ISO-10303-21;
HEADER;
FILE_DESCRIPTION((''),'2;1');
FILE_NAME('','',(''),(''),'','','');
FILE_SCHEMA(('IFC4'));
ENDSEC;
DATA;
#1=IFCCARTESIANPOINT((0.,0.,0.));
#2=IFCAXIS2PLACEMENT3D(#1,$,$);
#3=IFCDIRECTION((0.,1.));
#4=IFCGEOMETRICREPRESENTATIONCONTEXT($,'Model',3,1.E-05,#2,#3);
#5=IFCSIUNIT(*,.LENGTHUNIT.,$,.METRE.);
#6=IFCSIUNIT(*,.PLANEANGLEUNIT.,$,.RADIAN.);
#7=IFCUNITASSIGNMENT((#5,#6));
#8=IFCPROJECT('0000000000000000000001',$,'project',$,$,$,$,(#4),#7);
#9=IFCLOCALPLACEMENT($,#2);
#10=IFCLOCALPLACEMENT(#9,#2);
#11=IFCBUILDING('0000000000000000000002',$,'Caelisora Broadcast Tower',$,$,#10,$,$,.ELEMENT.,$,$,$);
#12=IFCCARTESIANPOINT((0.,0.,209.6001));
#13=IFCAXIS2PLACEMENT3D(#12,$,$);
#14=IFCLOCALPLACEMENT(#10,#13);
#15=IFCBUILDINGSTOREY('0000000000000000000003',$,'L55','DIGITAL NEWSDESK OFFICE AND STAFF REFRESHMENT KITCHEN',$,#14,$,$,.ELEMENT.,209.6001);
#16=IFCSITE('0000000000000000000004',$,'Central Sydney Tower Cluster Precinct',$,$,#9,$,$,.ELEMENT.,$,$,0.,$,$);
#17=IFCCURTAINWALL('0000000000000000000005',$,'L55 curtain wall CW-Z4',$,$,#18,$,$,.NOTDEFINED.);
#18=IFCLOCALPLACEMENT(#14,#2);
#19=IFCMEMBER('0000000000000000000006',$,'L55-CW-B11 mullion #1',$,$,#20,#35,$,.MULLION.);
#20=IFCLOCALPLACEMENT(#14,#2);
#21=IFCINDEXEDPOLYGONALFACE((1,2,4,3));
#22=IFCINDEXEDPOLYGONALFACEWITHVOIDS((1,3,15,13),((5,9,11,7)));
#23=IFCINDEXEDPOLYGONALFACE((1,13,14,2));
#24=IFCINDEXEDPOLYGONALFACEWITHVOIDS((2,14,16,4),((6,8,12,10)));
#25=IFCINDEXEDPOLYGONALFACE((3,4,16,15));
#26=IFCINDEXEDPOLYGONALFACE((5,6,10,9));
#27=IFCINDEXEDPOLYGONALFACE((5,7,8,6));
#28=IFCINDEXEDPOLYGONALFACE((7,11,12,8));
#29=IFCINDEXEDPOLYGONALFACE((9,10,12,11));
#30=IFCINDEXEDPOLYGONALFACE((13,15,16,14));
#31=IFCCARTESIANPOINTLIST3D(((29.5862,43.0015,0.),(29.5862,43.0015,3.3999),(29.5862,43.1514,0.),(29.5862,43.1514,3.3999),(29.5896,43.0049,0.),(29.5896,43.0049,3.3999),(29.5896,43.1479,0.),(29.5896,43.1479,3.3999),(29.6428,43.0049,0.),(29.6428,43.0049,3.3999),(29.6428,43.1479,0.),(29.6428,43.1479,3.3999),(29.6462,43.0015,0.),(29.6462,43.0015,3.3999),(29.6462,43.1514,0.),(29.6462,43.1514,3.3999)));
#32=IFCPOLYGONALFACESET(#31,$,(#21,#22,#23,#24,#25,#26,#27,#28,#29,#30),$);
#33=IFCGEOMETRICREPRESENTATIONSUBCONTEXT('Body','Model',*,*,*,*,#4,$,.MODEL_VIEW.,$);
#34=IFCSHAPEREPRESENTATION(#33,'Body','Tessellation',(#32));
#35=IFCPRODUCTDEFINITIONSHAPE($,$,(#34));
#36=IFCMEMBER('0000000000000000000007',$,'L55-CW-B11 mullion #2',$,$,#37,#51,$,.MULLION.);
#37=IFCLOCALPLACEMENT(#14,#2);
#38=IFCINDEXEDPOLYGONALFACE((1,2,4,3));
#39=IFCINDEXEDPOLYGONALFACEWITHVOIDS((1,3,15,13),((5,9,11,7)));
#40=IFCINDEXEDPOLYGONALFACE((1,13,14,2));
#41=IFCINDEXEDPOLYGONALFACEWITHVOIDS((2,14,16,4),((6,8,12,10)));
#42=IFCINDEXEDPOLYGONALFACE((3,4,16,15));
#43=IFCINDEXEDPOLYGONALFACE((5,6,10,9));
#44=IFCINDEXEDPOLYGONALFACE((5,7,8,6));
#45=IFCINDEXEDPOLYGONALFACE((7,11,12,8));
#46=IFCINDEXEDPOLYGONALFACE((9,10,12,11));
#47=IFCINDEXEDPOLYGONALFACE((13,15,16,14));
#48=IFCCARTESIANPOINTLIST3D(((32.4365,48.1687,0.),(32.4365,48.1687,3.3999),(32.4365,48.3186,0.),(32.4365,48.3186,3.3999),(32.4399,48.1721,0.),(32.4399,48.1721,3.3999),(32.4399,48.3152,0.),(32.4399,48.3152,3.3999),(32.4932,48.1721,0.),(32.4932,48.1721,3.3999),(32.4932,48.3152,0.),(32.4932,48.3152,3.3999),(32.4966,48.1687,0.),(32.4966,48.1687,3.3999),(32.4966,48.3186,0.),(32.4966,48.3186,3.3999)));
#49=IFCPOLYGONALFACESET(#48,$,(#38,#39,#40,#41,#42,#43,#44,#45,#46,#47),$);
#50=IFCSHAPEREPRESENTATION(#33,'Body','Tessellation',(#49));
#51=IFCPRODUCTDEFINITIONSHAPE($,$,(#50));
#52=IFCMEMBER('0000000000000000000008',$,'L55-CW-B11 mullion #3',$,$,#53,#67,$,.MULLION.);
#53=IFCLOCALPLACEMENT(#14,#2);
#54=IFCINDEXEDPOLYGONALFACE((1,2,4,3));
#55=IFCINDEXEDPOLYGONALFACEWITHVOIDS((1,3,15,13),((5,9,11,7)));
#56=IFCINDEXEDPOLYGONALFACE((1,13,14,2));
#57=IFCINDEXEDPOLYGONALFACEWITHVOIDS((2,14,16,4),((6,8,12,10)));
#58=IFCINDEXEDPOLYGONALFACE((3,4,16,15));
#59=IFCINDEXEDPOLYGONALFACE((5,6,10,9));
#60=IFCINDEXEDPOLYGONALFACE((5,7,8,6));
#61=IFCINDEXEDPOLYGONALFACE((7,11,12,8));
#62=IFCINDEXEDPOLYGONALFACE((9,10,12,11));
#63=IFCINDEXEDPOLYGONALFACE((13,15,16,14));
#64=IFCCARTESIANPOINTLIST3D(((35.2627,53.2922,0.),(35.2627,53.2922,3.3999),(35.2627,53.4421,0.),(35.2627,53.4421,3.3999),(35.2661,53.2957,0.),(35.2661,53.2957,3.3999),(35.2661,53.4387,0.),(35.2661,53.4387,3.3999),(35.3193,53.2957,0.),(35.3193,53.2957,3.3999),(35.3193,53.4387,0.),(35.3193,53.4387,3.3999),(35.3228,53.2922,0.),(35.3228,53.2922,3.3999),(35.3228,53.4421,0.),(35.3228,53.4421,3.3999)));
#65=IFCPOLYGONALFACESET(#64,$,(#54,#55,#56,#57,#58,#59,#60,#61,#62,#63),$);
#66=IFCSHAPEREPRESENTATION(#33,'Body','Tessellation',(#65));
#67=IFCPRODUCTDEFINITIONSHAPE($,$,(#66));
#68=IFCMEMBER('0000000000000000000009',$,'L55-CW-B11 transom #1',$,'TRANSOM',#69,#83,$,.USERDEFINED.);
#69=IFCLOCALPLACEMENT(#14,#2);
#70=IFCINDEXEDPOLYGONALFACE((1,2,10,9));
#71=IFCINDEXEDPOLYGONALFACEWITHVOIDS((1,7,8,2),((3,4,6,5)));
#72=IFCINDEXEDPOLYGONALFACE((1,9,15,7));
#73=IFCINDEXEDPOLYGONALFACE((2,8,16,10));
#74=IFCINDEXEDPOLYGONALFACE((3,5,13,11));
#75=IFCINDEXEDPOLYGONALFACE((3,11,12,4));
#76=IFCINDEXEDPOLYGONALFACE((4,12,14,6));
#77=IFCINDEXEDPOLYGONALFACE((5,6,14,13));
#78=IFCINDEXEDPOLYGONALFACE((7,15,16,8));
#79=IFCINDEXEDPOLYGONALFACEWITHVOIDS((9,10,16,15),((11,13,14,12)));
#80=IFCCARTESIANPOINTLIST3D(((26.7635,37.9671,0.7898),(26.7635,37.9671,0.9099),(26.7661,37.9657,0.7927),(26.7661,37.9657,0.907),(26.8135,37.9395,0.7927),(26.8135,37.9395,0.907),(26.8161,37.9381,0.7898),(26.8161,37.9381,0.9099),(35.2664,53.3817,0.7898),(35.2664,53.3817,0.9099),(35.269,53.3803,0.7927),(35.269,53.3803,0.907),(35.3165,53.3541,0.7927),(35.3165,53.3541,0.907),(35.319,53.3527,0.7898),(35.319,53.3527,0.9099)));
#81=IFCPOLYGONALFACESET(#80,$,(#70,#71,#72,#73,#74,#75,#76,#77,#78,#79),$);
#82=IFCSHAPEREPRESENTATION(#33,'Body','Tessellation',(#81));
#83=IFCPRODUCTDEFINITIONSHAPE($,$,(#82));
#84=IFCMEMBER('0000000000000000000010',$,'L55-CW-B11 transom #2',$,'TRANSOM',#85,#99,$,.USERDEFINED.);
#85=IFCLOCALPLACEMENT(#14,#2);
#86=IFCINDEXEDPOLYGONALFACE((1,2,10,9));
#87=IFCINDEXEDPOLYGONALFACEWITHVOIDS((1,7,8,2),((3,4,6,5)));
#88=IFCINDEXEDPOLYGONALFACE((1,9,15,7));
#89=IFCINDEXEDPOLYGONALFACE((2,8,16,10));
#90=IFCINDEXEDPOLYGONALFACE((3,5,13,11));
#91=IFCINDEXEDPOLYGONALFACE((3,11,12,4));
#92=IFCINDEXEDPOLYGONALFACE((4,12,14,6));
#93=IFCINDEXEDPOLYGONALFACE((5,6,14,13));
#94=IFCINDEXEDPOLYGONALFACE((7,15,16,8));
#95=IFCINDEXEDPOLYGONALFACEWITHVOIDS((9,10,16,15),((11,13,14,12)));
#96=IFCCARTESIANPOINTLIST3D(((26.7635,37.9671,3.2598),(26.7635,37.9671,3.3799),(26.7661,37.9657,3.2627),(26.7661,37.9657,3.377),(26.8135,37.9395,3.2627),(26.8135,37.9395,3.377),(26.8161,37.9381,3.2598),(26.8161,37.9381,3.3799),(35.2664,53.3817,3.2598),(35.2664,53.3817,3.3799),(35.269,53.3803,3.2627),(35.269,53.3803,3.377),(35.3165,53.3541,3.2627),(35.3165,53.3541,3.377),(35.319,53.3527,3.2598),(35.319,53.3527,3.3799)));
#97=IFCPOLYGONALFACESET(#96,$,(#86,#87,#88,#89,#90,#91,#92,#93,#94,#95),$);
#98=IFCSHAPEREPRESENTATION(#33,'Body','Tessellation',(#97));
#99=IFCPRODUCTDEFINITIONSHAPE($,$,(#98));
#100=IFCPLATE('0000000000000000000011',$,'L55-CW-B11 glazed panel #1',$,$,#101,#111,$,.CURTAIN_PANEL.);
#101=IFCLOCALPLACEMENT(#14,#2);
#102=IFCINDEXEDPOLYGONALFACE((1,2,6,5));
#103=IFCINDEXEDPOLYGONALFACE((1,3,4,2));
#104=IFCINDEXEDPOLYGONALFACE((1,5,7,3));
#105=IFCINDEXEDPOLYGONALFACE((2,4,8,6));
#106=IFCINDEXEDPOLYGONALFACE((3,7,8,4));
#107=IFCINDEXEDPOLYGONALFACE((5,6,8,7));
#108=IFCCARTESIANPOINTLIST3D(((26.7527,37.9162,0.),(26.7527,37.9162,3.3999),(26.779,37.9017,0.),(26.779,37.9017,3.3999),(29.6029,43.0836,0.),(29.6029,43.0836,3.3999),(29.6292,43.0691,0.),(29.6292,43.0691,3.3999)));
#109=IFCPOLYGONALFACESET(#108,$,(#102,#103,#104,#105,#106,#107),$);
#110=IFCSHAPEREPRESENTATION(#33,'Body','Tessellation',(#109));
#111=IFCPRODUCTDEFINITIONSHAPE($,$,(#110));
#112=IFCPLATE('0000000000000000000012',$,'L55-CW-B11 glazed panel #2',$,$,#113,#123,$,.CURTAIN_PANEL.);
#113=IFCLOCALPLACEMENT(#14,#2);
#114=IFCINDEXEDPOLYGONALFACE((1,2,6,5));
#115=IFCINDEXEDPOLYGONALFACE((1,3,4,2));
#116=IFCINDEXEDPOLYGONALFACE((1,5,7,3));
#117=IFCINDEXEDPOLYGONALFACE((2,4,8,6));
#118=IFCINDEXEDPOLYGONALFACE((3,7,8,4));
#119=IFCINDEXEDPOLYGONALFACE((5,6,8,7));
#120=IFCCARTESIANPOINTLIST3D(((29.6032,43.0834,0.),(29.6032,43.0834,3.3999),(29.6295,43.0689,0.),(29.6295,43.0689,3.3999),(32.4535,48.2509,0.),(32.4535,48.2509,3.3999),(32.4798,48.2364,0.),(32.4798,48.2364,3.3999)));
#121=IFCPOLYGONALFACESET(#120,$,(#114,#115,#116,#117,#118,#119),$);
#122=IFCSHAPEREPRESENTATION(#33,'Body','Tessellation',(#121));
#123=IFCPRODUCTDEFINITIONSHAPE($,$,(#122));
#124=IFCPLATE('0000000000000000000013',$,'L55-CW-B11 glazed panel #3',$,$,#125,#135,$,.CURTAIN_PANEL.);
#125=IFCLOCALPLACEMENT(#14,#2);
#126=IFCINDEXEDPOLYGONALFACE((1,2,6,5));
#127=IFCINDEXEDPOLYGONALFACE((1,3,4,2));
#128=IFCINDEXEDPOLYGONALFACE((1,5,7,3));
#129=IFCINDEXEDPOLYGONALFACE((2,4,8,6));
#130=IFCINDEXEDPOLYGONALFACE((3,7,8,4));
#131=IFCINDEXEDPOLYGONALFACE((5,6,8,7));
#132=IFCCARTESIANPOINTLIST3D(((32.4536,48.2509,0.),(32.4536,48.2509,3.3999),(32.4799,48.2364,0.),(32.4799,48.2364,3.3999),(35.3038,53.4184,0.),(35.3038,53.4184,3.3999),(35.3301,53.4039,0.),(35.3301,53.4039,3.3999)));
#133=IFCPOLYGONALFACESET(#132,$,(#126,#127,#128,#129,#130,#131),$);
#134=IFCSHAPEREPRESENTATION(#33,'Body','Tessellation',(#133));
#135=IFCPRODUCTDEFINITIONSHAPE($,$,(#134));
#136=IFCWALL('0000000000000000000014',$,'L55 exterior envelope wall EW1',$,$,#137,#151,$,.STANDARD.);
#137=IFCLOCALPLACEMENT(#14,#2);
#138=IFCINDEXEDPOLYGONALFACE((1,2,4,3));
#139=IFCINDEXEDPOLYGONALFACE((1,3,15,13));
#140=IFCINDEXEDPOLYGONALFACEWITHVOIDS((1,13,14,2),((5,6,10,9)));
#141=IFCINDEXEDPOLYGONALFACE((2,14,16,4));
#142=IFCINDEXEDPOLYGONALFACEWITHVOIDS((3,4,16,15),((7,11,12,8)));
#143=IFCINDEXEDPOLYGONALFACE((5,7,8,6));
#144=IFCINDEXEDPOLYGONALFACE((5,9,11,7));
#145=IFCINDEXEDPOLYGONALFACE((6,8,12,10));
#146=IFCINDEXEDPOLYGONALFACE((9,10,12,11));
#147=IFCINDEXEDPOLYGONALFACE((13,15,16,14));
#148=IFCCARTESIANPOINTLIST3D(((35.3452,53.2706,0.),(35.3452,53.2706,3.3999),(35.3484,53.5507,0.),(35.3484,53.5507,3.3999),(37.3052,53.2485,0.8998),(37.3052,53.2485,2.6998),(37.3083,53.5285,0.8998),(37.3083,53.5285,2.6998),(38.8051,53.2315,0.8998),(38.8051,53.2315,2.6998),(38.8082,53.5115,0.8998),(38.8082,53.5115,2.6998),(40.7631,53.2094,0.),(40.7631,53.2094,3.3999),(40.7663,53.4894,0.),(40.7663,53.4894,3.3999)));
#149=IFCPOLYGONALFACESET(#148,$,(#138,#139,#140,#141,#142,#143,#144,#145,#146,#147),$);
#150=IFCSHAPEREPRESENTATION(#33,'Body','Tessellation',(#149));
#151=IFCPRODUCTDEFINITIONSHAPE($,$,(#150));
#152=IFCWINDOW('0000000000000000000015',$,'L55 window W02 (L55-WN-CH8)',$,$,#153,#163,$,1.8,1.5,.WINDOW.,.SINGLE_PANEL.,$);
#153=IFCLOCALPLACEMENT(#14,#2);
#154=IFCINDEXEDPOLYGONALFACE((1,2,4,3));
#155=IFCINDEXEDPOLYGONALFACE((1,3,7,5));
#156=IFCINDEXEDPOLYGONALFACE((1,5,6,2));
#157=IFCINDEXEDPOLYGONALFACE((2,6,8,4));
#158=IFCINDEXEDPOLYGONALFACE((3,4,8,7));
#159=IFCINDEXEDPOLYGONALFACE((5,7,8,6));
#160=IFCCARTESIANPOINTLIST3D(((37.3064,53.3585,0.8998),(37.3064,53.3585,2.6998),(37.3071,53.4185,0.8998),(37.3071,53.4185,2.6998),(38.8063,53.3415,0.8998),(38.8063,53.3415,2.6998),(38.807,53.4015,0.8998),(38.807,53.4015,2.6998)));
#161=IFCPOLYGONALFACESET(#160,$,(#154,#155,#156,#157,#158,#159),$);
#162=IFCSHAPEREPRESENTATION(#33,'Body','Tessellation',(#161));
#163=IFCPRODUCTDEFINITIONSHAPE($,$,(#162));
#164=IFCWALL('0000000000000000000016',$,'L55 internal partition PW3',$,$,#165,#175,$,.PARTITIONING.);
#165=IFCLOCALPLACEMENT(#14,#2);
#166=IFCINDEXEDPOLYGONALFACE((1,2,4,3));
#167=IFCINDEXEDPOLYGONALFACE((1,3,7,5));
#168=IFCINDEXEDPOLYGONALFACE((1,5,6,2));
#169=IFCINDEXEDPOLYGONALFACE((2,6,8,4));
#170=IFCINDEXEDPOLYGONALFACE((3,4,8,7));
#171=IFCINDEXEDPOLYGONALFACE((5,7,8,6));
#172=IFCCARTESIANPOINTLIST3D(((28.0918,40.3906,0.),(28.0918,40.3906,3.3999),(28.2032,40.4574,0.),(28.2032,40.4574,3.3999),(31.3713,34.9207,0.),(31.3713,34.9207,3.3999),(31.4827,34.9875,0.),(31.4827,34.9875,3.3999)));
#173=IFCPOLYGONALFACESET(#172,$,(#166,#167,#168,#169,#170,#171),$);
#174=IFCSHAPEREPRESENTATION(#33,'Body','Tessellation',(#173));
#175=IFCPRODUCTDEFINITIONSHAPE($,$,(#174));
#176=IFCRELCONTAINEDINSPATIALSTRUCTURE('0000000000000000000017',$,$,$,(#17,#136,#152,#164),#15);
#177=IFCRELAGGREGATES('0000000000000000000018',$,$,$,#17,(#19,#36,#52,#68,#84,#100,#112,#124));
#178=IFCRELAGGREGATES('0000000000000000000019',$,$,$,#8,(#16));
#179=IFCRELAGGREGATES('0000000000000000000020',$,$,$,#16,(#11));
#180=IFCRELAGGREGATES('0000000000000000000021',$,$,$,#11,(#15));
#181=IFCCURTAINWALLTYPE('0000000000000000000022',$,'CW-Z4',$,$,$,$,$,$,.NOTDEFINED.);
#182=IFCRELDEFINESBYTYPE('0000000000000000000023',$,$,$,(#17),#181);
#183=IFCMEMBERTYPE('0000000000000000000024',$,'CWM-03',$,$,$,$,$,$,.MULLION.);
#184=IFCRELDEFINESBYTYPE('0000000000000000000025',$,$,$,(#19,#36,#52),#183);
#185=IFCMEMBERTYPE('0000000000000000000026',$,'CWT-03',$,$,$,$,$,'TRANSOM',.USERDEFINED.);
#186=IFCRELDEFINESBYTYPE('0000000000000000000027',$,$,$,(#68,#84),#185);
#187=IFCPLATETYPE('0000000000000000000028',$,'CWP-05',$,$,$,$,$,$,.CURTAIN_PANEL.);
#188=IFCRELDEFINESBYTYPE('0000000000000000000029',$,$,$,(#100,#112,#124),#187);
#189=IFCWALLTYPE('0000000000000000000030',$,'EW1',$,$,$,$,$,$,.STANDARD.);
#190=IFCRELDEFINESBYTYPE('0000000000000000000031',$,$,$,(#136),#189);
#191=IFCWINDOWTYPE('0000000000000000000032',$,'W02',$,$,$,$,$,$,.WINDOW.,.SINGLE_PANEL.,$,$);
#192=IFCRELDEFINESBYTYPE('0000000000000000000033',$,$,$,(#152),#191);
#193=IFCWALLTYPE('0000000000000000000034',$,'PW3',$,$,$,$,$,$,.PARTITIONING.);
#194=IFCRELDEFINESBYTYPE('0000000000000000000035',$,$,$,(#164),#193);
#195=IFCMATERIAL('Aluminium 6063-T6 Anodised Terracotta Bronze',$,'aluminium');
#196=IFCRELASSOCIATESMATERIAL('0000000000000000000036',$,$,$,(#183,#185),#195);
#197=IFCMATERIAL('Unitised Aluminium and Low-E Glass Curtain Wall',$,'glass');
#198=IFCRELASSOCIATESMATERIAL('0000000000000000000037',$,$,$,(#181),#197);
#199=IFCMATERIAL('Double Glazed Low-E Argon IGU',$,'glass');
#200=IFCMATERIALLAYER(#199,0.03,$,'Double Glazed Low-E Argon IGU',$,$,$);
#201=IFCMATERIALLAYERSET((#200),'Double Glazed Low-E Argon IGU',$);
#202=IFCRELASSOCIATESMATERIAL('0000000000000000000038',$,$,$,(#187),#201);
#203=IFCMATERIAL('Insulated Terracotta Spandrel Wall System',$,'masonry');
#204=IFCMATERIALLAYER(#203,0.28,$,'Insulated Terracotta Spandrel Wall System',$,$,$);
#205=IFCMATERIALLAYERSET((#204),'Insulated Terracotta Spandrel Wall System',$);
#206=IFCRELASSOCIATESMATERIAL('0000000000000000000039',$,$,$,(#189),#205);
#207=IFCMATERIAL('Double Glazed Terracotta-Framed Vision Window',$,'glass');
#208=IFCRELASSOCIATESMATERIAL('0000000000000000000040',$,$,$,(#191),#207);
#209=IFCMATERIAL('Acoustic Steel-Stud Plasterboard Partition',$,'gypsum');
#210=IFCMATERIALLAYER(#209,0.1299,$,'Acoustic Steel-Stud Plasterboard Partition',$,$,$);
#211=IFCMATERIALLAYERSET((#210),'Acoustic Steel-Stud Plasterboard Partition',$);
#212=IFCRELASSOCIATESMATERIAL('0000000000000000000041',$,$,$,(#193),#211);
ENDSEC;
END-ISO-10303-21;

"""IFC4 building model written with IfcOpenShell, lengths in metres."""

from ifc_helpers import new_model, si_unit, direction, frame, frame_2d, origin, origin_2d, place, context, subcontext, project, spatial, rectangle, hollow_rectangle, extrude, source, transform, mapped, material, layer, layer_set, material_profile, profile_set, type_object, type_shapes, element, fill, aggregate, save


model = new_model("IFC4")

# Units and contexts
model_context = context("Model", 3, precision=1e-05, world=origin(), true_north=direction((0.0, 1.0)))
body_context = subcontext(model_context, "Body", "Model", "MODEL_VIEW")
ifc_project = project(units=[si_unit("LENGTHUNIT", "METRE"), si_unit("PLANEANGLEUNIT", "RADIAN")], contexts=[model_context])

# Site, building, storey
site_placement = place(None, origin())
site = spatial("IfcSite", under=ifc_project, at=site_placement, Name="Central Sydney Tower Cluster Precinct", CompositionType="ELEMENT", RefElevation=0.0)
building_placement = place(site_placement, origin())
building = spatial("IfcBuilding", under=site, at=building_placement, Name="Caelisora Broadcast Tower", CompositionType="ELEMENT")
storey_placement = place(building_placement, frame((0.0, 0.0, 209.6001)))
storey = spatial("IfcBuildingStorey", under=building, at=storey_placement, Name="L55", Description="DIGITAL NEWSDESK OFFICE AND STAFF REFRESHMENT KITCHEN", CompositionType="ELEMENT", Elevation=209.6001)

# Shared definitions
ifc_material_1 = material(Name="Aluminium 6063-T6 Anodised Terracotta Bronze", Category="aluminium")
ifc_material_profile_1 = material_profile(ifc_material_1, hollow_rectangle(XDim=0.0601, YDim=0.1499, WallThickness=0.0034, at=origin_2d()), Name="Aluminium 6063-T6 Anodised Terracotta Bronze")
ifc_profile_set_1 = profile_set([ifc_material_profile_1], Name="Aluminium 6063-T6 Anodised Terracotta Bronze")
member_type_1 = type_object("IfcMemberType", Name="CWM-03", PredefinedType="MULLION", material=ifc_profile_set_1)
shared_shape_1 = source(origin(), body_context, "Body", "SweptSolid", [
    extrude(hollow_rectangle(XDim=0.0601, YDim=0.1499, WallThickness=0.0034, at=origin_2d()), origin(), (0.0, 0.0, 1.0), 3.3999),
])
type_shapes(member_type_1, [shared_shape_1])

# Curtain wall, members, plates
ifc_material_2 = material(Name="Unitised Aluminium and Low-E Glass Curtain Wall", Category="glass")
curtain_wall_type_1 = type_object("IfcCurtainWallType", Name="CW-Z4", PredefinedType="NOTDEFINED", material=ifc_material_2)
curtain_wall_1_placement = place(storey_placement, origin())
curtain_wall_1 = element("IfcCurtainWall", 1, at=curtain_wall_1_placement, inside=storey, type_object=curtain_wall_type_1, Name="L55 curtain wall CW-Z4", PredefinedType="NOTDEFINED")
member_1_placement = place(storey_placement, frame((29.6162, 43.0764, 0.0), z_axis=(0.0, 0.0, 1.0), x_axis=(1.0, 0.0, 0.0)))
member_1 = element("IfcMember", 2, at=member_1_placement, type_object=member_type_1, Name="L55-CW-B11 mullion #1", PredefinedType="MULLION", context=body_context, shape_type="MappedRepresentation", body=[
    mapped(shared_shape_1, transform((0.0, 0.0, 0.0), scale=1.0)),
])
member_2_placement = place(storey_placement, frame((32.4666, 48.2437, 0.0), z_axis=(0.0, 0.0, 1.0), x_axis=(1.0, 0.0, 0.0)))
member_2 = element("IfcMember", 3, at=member_2_placement, type_object=member_type_1, Name="L55-CW-B11 mullion #2", PredefinedType="MULLION", context=body_context, shape_type="MappedRepresentation", body=[
    mapped(shared_shape_1, transform((0.0, 0.0, 0.0), scale=1.0)),
])
member_3_placement = place(storey_placement, frame((35.2927, 53.3672, 0.0), z_axis=(0.0, 0.0, 1.0), x_axis=(1.0, 0.0, 0.0)))
member_3 = element("IfcMember", 4, at=member_3_placement, type_object=member_type_1, Name="L55-CW-B11 mullion #3", PredefinedType="MULLION", context=body_context, shape_type="MappedRepresentation", body=[
    mapped(shared_shape_1, transform((0.0, 0.0, 0.0), scale=1.0)),
])
ifc_material_profile_2 = material_profile(ifc_material_1, hollow_rectangle(XDim=0.0601, YDim=0.1201, WallThickness=0.0029, at=origin_2d()), Name="Aluminium 6063-T6 Anodised Terracotta Bronze")
ifc_profile_set_2 = profile_set([ifc_material_profile_2], Name="Aluminium 6063-T6 Anodised Terracotta Bronze")
member_type_2 = type_object("IfcMemberType", Name="CWT-03", ElementType="TRANSOM", PredefinedType="USERDEFINED", material=ifc_profile_set_2)
shared_shape_2 = source(origin(), body_context, "Body", "SweptSolid", [
    extrude(hollow_rectangle(XDim=0.0601, YDim=0.1201, WallThickness=0.0029, at=origin_2d()), origin(), (0.0, 0.0, 1.0), 17.6042),
])
type_shapes(member_type_2, [shared_shape_2])
member_4_placement = place(storey_placement, frame((26.7898, 37.9526, 0.8499), z_axis=(0.483005, 0.875617, 0.0), x_axis=(-0.875617, 0.483005, 0.0)))
member_4 = element("IfcMember", 5, at=member_4_placement, type_object=member_type_2, Name="L55-CW-B11 transom #1", ObjectType="TRANSOM", PredefinedType="USERDEFINED", context=body_context, shape_type="MappedRepresentation", body=[
    mapped(shared_shape_2, transform((0.0, 0.0, 0.0), scale=1.0)),
])
member_5_placement = place(storey_placement, frame((26.7898, 37.9526, 3.3198), z_axis=(0.483005, 0.875617, 0.0), x_axis=(-0.875617, 0.483005, 0.0)))
member_5 = element("IfcMember", 6, at=member_5_placement, type_object=member_type_2, Name="L55-CW-B11 transom #2", ObjectType="TRANSOM", PredefinedType="USERDEFINED", context=body_context, shape_type="MappedRepresentation", body=[
    mapped(shared_shape_2, transform((0.0, 0.0, 0.0), scale=1.0)),
])
ifc_material_3 = material(Name="Double Glazed Low-E Argon IGU", Category="glass")
ifc_layer_1 = layer(ifc_material_3, 0.03, Name="Double Glazed Low-E Argon IGU")
ifc_layer_set_1 = layer_set([ifc_layer_1], Name="Double Glazed Low-E Argon IGU")
plate_type = type_object("IfcPlateType", Name="CWP-05", PredefinedType="CURTAIN_PANEL", material=ifc_layer_set_1)
shared_shape_3 = source(origin(), body_context, "Body", "SweptSolid", [
    extrude(rectangle(XDim=5.9014, YDim=0.03, at=origin_2d()), origin(), (0.0, 0.0, 1.0), 3.3999),
])
type_shapes(plate_type, [shared_shape_3])
plate_1_placement = place(storey_placement, frame((28.1909, 40.4927, 0.0), z_axis=(0.0, 0.0, 1.0), x_axis=(0.482977, 0.875633, 0.0)))
plate_1 = element("IfcPlate", 7, at=plate_1_placement, type_object=plate_type, Name="L55-CW-B11 glazed panel #1", PredefinedType="CURTAIN_PANEL", context=body_context, shape_type="MappedRepresentation", body=[
    mapped(shared_shape_3, transform((0.0, 0.0, 0.0), scale=1.0)),
])
plate_2_placement = place(storey_placement, frame((31.0415, 45.6599, 0.0), z_axis=(0.0, 0.0, 1.0), x_axis=(0.482977, 0.875633, 0.0)))
plate_2 = element("IfcPlate", 8, at=plate_2_placement, type_object=plate_type, Name="L55-CW-B11 glazed panel #2", PredefinedType="CURTAIN_PANEL", context=body_context, shape_type="MappedRepresentation", body=[
    mapped(shared_shape_3, transform((0.0, 0.0, 0.0), scale=1.0)),
])
plate_3_placement = place(storey_placement, frame((33.8918, 50.8274, 0.0), z_axis=(0.0, 0.0, 1.0), x_axis=(0.482977, 0.875633, 0.0)))
plate_3 = element("IfcPlate", 9, at=plate_3_placement, type_object=plate_type, Name="L55-CW-B11 glazed panel #3", PredefinedType="CURTAIN_PANEL", context=body_context, shape_type="MappedRepresentation", body=[
    mapped(shared_shape_3, transform((0.0, 0.0, 0.0), scale=1.0)),
])
aggregate(curtain_wall_1, [member_1, member_2, member_3, member_4, member_5, plate_1, plate_2, plate_3])

# Wall, opening, window
ifc_material_4 = material(Name="Insulated Terracotta Spandrel Wall System", Category="masonry")
ifc_layer_2 = layer(ifc_material_4, 0.28, Name="Insulated Terracotta Spandrel Wall System")
ifc_layer_set_2 = layer_set([ifc_layer_2], Name="Insulated Terracotta Spandrel Wall System")
wall_type_1 = type_object("IfcWallType", Name="EW1", PredefinedType="STANDARD", material=ifc_layer_set_2)
wall_1_placement = place(storey_placement, frame((35.3469, 53.4106, 0.0), z_axis=(0.0, 0.0, 1.0), x_axis=(0.999936, -0.01131, 0.0)))
wall_1 = element("IfcWall", 10, at=wall_1_placement, inside=storey, type_object=wall_type_1, Name="L55 exterior envelope wall EW1", PredefinedType="STANDARD", context=body_context, shape_type="SweptSolid", body=[
    extrude(rectangle(XDim=5.4182, YDim=0.28, at=frame_2d((2.709, 0.0))), origin(), (0.0, 0.0, 1.0), 3.3999),
])
opening_placement = place(wall_1_placement, frame((1.96, 0.0, 0.8999)))
opening = element("IfcOpeningElement", 11, at=opening_placement, cuts=wall_1, PredefinedType="OPENING", context=body_context, shape_type="SweptSolid", body=[
    extrude(rectangle(XDim=1.5, YDim=1.8, at=frame_2d((0.75, 0.8999))), frame((0.0, 0.1521, 0.0), z_axis=(0.0, -1.0, 0.0), x_axis=(1.0, 0.0, 0.0)), (0.0, 0.0, 1.0), 0.304),
])
ifc_material_5 = material(Name="Double Glazed Terracotta-Framed Vision Window", Category="glass")
window_type = type_object("IfcWindowType", Name="W02", PartitioningType="SINGLE_PANEL", PredefinedType="WINDOW", material=ifc_material_5)
window_placement = place(opening_placement, origin())
window = element("IfcWindow", 12, at=window_placement, inside=storey, type_object=window_type, Name="L55 window W02 (L55-WN-CH8)", OverallHeight=1.8, OverallWidth=1.5, PartitioningType="SINGLE_PANEL", PredefinedType="WINDOW", context=body_context, shape_type="SweptSolid", body=[
    extrude(rectangle(XDim=1.5, YDim=1.8, at=frame_2d((0.75, 0.8999))), frame((0.0, 0.03, 0.0), z_axis=(0.0, -1.0, 0.0), x_axis=(1.0, 0.0, 0.0)), (0.0, 0.0, 1.0), 0.0601),
])
fill(opening, window)

# Wall
ifc_material_6 = material(Name="Acoustic Steel-Stud Plasterboard Partition", Category="gypsum")
ifc_layer_3 = layer(ifc_material_6, 0.1299, Name="Acoustic Steel-Stud Plasterboard Partition")
ifc_layer_set_3 = layer_set([ifc_layer_3], Name="Acoustic Steel-Stud Plasterboard Partition")
wall_type_2 = type_object("IfcWallType", Name="PW3", PredefinedType="PARTITIONING", material=ifc_layer_set_3)
wall_2_placement = place(storey_placement, frame((28.1475, 40.4241, 0.0), z_axis=(0.0, 0.0, 1.0), x_axis=(0.514214, -0.857662, 0.0)))
element("IfcWall", 13, at=wall_2_placement, inside=storey, type_object=wall_type_2, Name="L55 internal partition PW3", PredefinedType="PARTITIONING", context=body_context, shape_type="SweptSolid", body=[
    extrude(rectangle(XDim=6.3777, YDim=0.1299, at=frame_2d((3.189, 0.0))), origin(), (0.0, 0.0, 1.0), 3.3999),
])

save(model, "model.ifc")
